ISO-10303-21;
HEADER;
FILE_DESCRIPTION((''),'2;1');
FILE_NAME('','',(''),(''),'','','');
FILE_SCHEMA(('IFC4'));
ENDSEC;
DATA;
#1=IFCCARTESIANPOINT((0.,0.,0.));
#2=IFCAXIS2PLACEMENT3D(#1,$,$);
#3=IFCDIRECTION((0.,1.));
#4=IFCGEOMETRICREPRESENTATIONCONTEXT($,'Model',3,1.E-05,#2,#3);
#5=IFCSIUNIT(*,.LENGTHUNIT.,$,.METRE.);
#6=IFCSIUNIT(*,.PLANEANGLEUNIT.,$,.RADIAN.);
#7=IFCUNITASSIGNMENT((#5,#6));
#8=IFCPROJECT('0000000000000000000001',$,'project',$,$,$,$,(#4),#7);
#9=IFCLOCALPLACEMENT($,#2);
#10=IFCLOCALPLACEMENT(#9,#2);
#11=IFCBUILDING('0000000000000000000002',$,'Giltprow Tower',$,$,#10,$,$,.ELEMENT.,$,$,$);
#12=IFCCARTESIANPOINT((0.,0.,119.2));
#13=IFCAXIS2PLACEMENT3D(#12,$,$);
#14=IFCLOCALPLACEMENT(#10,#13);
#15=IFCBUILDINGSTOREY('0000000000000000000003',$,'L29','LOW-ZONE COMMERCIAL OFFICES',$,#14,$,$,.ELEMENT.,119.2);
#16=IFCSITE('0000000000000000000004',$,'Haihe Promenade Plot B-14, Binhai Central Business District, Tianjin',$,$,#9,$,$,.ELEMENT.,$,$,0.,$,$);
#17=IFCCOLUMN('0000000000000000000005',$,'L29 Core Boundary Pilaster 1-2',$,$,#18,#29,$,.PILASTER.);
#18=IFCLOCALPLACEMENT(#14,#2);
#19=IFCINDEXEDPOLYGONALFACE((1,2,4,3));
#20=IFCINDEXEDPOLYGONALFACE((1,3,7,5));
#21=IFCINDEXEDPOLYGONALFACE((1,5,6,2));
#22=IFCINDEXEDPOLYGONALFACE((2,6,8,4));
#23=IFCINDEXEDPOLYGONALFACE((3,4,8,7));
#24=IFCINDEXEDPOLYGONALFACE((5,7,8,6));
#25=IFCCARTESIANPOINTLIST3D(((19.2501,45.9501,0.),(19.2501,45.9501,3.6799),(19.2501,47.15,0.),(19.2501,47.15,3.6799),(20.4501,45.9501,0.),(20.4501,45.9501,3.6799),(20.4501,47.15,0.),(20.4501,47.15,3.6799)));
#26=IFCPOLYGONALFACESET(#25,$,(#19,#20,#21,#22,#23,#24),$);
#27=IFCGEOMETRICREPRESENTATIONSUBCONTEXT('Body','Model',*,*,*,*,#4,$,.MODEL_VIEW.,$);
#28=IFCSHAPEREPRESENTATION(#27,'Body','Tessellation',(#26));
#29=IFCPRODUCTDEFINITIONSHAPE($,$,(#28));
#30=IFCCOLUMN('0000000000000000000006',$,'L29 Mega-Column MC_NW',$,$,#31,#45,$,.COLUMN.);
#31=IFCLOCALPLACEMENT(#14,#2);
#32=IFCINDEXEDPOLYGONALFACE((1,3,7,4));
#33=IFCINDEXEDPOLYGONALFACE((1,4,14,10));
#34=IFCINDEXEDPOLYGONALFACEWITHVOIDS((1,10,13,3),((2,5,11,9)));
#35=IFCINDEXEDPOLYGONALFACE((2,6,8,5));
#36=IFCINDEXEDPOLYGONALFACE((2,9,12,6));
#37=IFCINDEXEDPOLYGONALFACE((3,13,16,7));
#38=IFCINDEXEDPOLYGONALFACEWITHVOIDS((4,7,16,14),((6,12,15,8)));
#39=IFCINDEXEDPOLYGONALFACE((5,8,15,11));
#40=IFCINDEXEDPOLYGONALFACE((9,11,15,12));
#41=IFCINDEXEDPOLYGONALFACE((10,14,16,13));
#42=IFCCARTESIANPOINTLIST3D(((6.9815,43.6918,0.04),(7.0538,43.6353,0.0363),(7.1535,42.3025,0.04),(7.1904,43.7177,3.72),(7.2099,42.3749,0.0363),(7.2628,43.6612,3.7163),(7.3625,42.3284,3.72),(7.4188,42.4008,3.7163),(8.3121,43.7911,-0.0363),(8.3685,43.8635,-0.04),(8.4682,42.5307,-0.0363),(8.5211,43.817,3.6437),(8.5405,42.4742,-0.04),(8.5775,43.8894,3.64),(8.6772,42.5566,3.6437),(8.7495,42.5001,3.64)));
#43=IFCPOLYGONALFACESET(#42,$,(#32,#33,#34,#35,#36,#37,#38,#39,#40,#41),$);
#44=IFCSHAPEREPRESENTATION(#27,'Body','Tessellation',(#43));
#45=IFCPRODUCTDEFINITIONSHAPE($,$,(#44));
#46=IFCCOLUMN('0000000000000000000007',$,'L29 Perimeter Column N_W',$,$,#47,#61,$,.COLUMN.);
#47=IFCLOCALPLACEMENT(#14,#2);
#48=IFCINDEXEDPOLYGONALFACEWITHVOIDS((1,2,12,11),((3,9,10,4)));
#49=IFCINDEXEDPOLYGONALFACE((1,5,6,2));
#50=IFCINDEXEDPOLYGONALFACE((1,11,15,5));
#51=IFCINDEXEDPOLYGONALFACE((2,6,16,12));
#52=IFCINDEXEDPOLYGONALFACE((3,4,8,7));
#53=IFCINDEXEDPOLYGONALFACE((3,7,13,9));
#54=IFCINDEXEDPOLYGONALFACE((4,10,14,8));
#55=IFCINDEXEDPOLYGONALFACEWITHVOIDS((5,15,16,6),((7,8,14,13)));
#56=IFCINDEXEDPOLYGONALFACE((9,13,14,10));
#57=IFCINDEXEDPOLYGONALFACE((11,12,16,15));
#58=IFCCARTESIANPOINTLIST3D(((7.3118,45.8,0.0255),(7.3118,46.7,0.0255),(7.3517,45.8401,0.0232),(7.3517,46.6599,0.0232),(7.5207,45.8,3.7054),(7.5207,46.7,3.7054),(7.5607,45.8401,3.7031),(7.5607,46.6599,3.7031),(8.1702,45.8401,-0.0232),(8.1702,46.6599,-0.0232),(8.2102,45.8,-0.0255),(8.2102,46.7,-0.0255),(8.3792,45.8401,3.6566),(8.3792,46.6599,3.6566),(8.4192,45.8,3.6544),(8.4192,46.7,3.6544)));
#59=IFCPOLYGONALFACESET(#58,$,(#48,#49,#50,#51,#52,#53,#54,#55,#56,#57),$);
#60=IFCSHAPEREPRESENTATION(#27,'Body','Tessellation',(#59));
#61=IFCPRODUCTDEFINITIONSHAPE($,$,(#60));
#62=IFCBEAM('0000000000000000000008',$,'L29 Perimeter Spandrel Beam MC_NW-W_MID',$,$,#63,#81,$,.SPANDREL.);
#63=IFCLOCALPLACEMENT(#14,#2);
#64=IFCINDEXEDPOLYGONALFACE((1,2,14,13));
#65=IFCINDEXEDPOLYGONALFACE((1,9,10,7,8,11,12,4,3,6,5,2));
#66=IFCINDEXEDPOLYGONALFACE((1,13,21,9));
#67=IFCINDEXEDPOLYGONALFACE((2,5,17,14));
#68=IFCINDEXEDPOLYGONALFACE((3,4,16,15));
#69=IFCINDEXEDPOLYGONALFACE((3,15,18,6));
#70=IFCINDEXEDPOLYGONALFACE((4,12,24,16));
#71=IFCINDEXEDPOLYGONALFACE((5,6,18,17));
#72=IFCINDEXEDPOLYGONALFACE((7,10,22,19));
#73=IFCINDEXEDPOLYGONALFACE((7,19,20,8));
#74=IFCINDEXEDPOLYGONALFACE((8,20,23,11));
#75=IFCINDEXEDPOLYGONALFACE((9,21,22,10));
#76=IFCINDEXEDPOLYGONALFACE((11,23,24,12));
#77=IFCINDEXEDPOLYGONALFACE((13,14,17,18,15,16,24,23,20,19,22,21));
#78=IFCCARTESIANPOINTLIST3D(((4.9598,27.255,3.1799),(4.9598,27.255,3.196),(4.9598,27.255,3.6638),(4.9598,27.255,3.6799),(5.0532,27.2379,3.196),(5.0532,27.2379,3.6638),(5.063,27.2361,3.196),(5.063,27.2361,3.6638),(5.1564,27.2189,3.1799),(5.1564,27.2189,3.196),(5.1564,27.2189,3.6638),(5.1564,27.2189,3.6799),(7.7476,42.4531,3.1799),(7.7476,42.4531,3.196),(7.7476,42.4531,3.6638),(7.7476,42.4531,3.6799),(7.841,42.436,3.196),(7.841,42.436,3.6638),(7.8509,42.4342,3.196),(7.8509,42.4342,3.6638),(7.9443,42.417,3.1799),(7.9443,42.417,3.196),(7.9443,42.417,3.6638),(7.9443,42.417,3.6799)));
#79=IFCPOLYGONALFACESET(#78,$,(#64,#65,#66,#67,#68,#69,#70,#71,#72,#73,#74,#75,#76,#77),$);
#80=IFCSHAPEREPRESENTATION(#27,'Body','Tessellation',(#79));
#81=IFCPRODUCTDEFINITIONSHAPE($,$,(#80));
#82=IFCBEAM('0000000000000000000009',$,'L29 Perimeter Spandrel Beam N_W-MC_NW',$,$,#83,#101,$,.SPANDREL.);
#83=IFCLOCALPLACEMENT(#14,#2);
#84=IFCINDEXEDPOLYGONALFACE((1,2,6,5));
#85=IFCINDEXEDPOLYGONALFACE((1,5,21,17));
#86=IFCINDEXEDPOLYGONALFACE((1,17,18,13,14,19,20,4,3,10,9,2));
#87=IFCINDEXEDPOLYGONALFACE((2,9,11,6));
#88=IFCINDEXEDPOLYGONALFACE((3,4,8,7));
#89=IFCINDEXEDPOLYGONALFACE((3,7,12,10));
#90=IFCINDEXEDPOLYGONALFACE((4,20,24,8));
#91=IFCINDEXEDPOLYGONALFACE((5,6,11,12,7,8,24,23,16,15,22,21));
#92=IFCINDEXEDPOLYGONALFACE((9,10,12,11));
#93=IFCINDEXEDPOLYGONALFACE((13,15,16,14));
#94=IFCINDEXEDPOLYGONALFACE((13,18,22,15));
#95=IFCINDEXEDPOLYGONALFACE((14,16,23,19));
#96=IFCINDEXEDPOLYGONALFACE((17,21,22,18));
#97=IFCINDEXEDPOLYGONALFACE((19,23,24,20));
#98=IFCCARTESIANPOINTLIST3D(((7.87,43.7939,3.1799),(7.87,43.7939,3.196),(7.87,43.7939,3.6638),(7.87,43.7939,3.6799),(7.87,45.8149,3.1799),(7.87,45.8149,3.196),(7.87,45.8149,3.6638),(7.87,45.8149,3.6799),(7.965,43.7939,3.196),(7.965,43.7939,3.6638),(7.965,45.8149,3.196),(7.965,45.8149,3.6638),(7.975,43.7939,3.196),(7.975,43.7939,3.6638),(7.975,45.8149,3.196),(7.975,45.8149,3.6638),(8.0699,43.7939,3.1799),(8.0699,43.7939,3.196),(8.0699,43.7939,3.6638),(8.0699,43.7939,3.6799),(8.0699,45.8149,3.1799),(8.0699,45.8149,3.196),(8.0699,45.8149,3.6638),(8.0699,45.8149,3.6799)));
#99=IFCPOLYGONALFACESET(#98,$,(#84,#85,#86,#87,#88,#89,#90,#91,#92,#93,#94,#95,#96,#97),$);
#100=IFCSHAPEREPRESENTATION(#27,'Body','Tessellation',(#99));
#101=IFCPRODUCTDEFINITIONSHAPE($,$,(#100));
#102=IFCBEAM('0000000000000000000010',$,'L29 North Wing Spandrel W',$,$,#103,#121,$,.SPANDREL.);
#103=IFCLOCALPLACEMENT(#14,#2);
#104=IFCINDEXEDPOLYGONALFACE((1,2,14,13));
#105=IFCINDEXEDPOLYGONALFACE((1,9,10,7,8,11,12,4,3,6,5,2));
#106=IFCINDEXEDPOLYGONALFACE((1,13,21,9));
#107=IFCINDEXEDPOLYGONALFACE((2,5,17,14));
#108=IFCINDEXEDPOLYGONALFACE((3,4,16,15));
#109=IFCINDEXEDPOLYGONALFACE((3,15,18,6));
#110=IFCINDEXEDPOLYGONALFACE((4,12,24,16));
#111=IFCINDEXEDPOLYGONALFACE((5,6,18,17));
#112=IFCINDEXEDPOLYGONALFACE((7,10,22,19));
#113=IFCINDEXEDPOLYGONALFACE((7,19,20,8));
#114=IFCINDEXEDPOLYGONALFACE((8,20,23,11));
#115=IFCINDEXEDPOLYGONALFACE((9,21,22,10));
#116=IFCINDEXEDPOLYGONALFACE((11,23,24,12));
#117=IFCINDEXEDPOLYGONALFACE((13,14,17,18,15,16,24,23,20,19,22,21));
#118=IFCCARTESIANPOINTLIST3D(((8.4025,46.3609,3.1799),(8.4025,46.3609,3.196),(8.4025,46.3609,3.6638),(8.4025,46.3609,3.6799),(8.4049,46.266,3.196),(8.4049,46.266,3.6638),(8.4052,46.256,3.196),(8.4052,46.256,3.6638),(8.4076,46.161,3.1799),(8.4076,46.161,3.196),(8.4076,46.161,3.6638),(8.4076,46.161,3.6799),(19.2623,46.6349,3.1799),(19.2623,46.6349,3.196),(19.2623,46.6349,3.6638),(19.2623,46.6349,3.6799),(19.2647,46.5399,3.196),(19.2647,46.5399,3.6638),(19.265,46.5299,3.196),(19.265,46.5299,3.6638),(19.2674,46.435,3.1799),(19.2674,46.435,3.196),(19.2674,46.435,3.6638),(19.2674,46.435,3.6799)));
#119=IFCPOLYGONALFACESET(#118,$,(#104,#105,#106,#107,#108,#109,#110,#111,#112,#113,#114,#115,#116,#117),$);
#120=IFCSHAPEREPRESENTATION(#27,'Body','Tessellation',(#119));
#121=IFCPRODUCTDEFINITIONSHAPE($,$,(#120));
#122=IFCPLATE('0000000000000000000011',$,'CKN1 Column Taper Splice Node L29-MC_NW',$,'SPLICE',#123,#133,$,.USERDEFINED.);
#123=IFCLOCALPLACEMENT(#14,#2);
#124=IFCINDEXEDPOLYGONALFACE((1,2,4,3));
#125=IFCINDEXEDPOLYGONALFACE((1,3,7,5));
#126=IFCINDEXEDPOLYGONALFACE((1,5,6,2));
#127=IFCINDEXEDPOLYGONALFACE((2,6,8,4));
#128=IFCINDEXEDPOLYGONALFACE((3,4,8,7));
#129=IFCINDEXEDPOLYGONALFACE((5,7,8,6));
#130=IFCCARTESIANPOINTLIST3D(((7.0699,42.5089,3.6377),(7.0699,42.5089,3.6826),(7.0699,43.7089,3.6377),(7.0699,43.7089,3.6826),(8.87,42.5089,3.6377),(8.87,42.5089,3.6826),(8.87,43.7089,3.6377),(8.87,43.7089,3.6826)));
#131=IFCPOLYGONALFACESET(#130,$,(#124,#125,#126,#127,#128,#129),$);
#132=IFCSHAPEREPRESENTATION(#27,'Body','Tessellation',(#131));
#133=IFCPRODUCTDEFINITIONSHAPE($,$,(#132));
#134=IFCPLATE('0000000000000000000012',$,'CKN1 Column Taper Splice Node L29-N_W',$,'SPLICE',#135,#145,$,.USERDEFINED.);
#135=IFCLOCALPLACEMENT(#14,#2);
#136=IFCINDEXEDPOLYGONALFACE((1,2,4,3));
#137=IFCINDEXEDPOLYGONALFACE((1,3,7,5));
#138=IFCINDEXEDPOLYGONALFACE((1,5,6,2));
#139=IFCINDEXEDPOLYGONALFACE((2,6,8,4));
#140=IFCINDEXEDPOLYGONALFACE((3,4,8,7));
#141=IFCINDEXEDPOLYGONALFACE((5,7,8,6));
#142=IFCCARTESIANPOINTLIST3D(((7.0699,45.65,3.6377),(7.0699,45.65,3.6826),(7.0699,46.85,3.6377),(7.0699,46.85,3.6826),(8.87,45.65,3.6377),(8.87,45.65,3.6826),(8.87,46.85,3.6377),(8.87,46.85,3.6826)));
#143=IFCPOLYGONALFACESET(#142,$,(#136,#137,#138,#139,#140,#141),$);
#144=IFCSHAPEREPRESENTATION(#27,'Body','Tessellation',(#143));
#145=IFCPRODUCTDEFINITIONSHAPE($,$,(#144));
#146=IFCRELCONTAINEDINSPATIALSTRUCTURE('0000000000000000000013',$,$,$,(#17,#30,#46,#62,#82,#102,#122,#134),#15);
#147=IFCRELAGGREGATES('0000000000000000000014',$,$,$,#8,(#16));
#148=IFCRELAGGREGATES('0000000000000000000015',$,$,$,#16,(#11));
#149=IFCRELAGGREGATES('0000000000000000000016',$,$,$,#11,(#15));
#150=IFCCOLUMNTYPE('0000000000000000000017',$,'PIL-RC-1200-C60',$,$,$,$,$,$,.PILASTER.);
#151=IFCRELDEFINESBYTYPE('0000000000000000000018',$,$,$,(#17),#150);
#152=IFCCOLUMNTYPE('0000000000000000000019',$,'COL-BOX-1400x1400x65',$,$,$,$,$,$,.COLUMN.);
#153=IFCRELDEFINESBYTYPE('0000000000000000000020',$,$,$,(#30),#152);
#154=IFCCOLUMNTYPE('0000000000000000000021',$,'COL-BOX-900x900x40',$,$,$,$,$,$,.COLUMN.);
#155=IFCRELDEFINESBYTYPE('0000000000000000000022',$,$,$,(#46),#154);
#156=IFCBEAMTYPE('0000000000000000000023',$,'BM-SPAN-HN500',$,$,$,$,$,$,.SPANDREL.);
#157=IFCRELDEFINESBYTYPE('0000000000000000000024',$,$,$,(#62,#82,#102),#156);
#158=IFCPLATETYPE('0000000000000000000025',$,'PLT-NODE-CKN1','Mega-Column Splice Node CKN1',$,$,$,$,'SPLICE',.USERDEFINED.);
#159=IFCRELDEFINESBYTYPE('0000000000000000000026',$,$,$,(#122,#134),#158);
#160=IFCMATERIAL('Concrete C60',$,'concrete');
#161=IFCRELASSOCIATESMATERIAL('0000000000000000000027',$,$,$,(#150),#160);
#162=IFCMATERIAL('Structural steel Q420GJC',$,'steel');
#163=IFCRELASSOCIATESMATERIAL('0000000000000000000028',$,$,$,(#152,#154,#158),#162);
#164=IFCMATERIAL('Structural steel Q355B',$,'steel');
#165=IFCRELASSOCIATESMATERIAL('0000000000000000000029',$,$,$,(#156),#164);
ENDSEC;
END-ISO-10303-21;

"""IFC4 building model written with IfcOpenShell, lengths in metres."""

from ifc_helpers import new_model, si_unit, direction, frame, origin, origin_2d, place, context, subcontext, project, spatial, rectangle, hollow_rectangle, i_section, extrude, source, transform, mapped, material, material_profile, profile_set, type_object, element, save


model = new_model("IFC4")

# Units and contexts
model_context = context("Model", 3, precision=1e-05, world=origin(), true_north=direction((0.0, 1.0)))
body_context = subcontext(model_context, "Body", "Model", "MODEL_VIEW")
ifc_project = project(units=[si_unit("LENGTHUNIT", "METRE"), si_unit("PLANEANGLEUNIT", "RADIAN")], contexts=[model_context])

# Site, building, storey
site_placement = place(None, origin())
site = spatial("IfcSite", under=ifc_project, at=site_placement, Name="Haihe Promenade Plot B-14, Binhai Central Business District, Tianjin", CompositionType="ELEMENT", RefElevation=0.0)
building_placement = place(site_placement, origin())
building = spatial("IfcBuilding", under=site, at=building_placement, Name="Giltprow Tower", CompositionType="ELEMENT")
storey_placement = place(building_placement, frame((0.0, 0.0, 119.2)))
storey = spatial("IfcBuildingStorey", under=building, at=storey_placement, Name="L29", Description="LOW-ZONE COMMERCIAL OFFICES", CompositionType="ELEMENT", Elevation=119.2)

# Columns
ifc_material_1 = material(Name="Concrete C60", Category="concrete")
ifc_material_profile_1 = material_profile(ifc_material_1, rectangle(XDim=1.2, YDim=1.2, at=origin_2d()), Name="RC 1200x1200")
ifc_profile_set_1 = profile_set([ifc_material_profile_1], Name="Concrete C60")
column_type_1 = type_object("IfcColumnType", Name="PIL-RC-1200-C60", PredefinedType="PILASTER", material=ifc_profile_set_1)
shared_shape_1 = source(origin(), body_context, "Body", "SweptSolid", [
    extrude(rectangle(XDim=1.2, YDim=1.2, at=origin_2d()), origin(), (0.0, 0.0, 1.0), 3.6799),
])
column_1_placement = place(storey_placement, frame((19.8501, 46.55, 0.0), z_axis=(0.0, 0.0, 1.0), x_axis=(1.0, 0.0, 0.0)))
element("IfcColumn", 1, at=column_1_placement, inside=storey, type_object=column_type_1, Name="L29 Core Boundary Pilaster 1-2", PredefinedType="PILASTER", context=body_context, shape_type="MappedRepresentation", body=[
    mapped(shared_shape_1, transform((0.0, 0.0, 0.0), x_axis=(1.0, 0.0, 0.0), y_axis=(0.0, 1.0, 0.0), z_axis=(0.0, 0.0, 1.0), scale=1.0)),
])
ifc_material_2 = material(Name="Structural steel Q420GJC", Category="steel")
ifc_material_profile_2 = material_profile(ifc_material_2, hollow_rectangle(XDim=1.3999, YDim=1.3999, WallThickness=0.0649, at=origin_2d()), Name="BOX 1400x1400x65")
ifc_profile_set_2 = profile_set([ifc_material_profile_2], Name="Structural steel Q420GJC")
column_type_2 = type_object("IfcColumnType", Name="COL-BOX-1400x1400x65", PredefinedType="COLUMN", material=ifc_profile_set_2)
shared_shape_2 = source(origin(), body_context, "Body", "SweptSolid", [
    extrude(hollow_rectangle(XDim=1.3999, YDim=1.3999, WallThickness=0.0649, at=origin_2d()), origin(), (0.0, 0.0, 1.0), 3.686),
])
column_2_placement = place(storey_placement, frame((7.761, 43.083, 0.0), z_axis=(0.056698, 0.007021, 0.998367), x_axis=(-0.122893, 0.99242, 0.0)))
element("IfcColumn", 2, at=column_2_placement, inside=storey, type_object=column_type_2, Name="L29 Mega-Column MC_NW", PredefinedType="COLUMN", context=body_context, shape_type="MappedRepresentation", body=[
    mapped(shared_shape_2, transform((0.0, 0.0, 0.0), x_axis=(1.0, 0.0, 0.0), y_axis=(0.0, 1.0, 0.0), z_axis=(0.0, 0.0, 1.0), scale=1.0)),
])
ifc_material_profile_3 = material_profile(ifc_material_2, hollow_rectangle(XDim=0.8999, YDim=0.8999, WallThickness=0.04, at=origin_2d()), Name="BOX 900x900x40")
ifc_profile_set_3 = profile_set([ifc_material_profile_3], Name="Structural steel Q420GJC")
column_type_3 = type_object("IfcColumnType", Name="COL-BOX-900x900x40", PredefinedType="COLUMN", material=ifc_profile_set_3)
shared_shape_3 = source(origin(), body_context, "Body", "SweptSolid", [
    extrude(hollow_rectangle(XDim=0.8999, YDim=0.8999, WallThickness=0.04, at=origin_2d()), origin(), (0.0, 0.0, 1.0), 3.6858),
])
column_3_placement = place(storey_placement, frame((7.761, 46.25, 0.0), z_axis=(0.056699, 0.0, 0.998391), x_axis=(0.0, 1.0, 0.0)))
element("IfcColumn", 3, at=column_3_placement, inside=storey, type_object=column_type_3, Name="L29 Perimeter Column N_W", PredefinedType="COLUMN", context=body_context, shape_type="MappedRepresentation", body=[
    mapped(shared_shape_3, transform((0.0, 0.0, 0.0), x_axis=(1.0, 0.0, 0.0), y_axis=(0.0, 1.0, 0.0), z_axis=(0.0, 0.0, 1.0), scale=1.0)),
])

# Beams
ifc_material_3 = material(Name="Structural steel Q355B", Category="steel")
ifc_material_profile_4 = material_profile(ifc_material_3, i_section(OverallWidth=0.2, OverallDepth=0.5, WebThickness=0.01, FlangeThickness=0.0161, at=origin_2d()), Name="HN 500x200x10x16")
ifc_profile_set_4 = profile_set([ifc_material_profile_4], Name="Structural steel Q355B")
beam_type = type_object("IfcBeamType", Name="BM-SPAN-HN500", PredefinedType="SPANDREL", material=ifc_profile_set_4)
shared_shape_4 = source(origin(), body_context, "Body", "SweptSolid", [
    extrude(i_section(OverallWidth=0.2, OverallDepth=0.5, WebThickness=0.01, FlangeThickness=0.0161, at=origin_2d()), origin(), (0.0, 0.0, 1.0), 15.4517),
])
beam_1_placement = place(storey_placement, frame((7.8459, 42.4351, 3.4299), z_axis=(-0.180424, -0.983589, 0.0), x_axis=(0.983589, -0.180424, 0.0)))
element("IfcBeam", 4, at=beam_1_placement, inside=storey, type_object=beam_type, Name="L29 Perimeter Spandrel Beam MC_NW-W_MID", PredefinedType="SPANDREL", context=body_context, shape_type="MappedRepresentation", body=[
    mapped(shared_shape_4, transform((0.0, 0.0, 0.0), x_axis=(1.0, 0.0, 0.0), y_axis=(0.0, 1.0, 0.0), z_axis=(0.0, 0.0, 1.0), scale=1.0)),
])
shared_shape_5 = source(origin(), body_context, "Body", "SweptSolid", [
    extrude(i_section(OverallWidth=0.2, OverallDepth=0.5, WebThickness=0.01, FlangeThickness=0.0161, at=origin_2d()), origin(), (0.0, 0.0, 1.0), 2.021),
])
beam_2_placement = place(storey_placement, frame((7.97, 45.8149, 3.4299), z_axis=(0.0, -1.0, 0.0), x_axis=(1.0, 0.0, 0.0)))
element("IfcBeam", 5, at=beam_2_placement, inside=storey, type_object=beam_type, Name="L29 Perimeter Spandrel Beam N_W-MC_NW", PredefinedType="SPANDREL", context=body_context, shape_type="MappedRepresentation", body=[
    mapped(shared_shape_5, transform((0.0, 0.0, 0.0), x_axis=(1.0, 0.0, 0.0), y_axis=(0.0, 1.0, 0.0), z_axis=(0.0, 0.0, 1.0), scale=1.0)),
])
shared_shape_6 = source(origin(), body_context, "Body", "SweptSolid", [
    extrude(i_section(OverallWidth=0.2, OverallDepth=0.5, WebThickness=0.01, FlangeThickness=0.0161, at=origin_2d()), origin(), (0.0, 0.0, 1.0), 10.8633),
])
beam_3_placement = place(storey_placement, frame((8.405, 46.261, 3.4299), z_axis=(0.999682, 0.025216, 0.0), x_axis=(-0.025216, 0.999682, 0.0)))
element("IfcBeam", 6, at=beam_3_placement, inside=storey, type_object=beam_type, Name="L29 North Wing Spandrel W", PredefinedType="SPANDREL", context=body_context, shape_type="MappedRepresentation", body=[
    mapped(shared_shape_6, transform((0.0, 0.0, 0.0), x_axis=(1.0, 0.0, 0.0), y_axis=(0.0, 1.0, 0.0), z_axis=(0.0, 0.0, 1.0), scale=1.0)),
])

# Plates
plate_type = type_object("IfcPlateType", Name="PLT-NODE-CKN1", Description="Mega-Column Splice Node CKN1", ElementType="SPLICE", PredefinedType="USERDEFINED", material=ifc_material_2)
shared_shape_7 = source(origin(), body_context, "Body", "SweptSolid", [
    extrude(rectangle(XDim=1.8, YDim=1.2, at=origin_2d()), origin(), (0.0, 0.0, 1.0), 0.0449),
])
for number, where, z_axis, x_axis, name in (
    (7, (7.97, 43.1089, 3.6377), (0.0, 0.0, 1.0), (1.0, 0.0, 0.0), "CKN1 Column Taper Splice Node L29-MC_NW"),
    (8, (7.97, 46.25, 3.6377), (0.0, 0.0, 1.0), (1.0, 0.0, 0.0), "CKN1 Column Taper Splice Node L29-N_W"),
):
    element("IfcPlate", number, at=place(storey_placement, frame(where, z_axis=z_axis, x_axis=x_axis)), inside=storey, type_object=plate_type, Name=name, ObjectType="SPLICE", PredefinedType="USERDEFINED", context=body_context, shape_type="MappedRepresentation", body=[
        mapped(shared_shape_7, transform((0.0, 0.0, 0.0), x_axis=(1.0, 0.0, 0.0), y_axis=(0.0, 1.0, 0.0), z_axis=(0.0, 0.0, 1.0), scale=1.0)),
    ])

save(model, "model.ifc")
